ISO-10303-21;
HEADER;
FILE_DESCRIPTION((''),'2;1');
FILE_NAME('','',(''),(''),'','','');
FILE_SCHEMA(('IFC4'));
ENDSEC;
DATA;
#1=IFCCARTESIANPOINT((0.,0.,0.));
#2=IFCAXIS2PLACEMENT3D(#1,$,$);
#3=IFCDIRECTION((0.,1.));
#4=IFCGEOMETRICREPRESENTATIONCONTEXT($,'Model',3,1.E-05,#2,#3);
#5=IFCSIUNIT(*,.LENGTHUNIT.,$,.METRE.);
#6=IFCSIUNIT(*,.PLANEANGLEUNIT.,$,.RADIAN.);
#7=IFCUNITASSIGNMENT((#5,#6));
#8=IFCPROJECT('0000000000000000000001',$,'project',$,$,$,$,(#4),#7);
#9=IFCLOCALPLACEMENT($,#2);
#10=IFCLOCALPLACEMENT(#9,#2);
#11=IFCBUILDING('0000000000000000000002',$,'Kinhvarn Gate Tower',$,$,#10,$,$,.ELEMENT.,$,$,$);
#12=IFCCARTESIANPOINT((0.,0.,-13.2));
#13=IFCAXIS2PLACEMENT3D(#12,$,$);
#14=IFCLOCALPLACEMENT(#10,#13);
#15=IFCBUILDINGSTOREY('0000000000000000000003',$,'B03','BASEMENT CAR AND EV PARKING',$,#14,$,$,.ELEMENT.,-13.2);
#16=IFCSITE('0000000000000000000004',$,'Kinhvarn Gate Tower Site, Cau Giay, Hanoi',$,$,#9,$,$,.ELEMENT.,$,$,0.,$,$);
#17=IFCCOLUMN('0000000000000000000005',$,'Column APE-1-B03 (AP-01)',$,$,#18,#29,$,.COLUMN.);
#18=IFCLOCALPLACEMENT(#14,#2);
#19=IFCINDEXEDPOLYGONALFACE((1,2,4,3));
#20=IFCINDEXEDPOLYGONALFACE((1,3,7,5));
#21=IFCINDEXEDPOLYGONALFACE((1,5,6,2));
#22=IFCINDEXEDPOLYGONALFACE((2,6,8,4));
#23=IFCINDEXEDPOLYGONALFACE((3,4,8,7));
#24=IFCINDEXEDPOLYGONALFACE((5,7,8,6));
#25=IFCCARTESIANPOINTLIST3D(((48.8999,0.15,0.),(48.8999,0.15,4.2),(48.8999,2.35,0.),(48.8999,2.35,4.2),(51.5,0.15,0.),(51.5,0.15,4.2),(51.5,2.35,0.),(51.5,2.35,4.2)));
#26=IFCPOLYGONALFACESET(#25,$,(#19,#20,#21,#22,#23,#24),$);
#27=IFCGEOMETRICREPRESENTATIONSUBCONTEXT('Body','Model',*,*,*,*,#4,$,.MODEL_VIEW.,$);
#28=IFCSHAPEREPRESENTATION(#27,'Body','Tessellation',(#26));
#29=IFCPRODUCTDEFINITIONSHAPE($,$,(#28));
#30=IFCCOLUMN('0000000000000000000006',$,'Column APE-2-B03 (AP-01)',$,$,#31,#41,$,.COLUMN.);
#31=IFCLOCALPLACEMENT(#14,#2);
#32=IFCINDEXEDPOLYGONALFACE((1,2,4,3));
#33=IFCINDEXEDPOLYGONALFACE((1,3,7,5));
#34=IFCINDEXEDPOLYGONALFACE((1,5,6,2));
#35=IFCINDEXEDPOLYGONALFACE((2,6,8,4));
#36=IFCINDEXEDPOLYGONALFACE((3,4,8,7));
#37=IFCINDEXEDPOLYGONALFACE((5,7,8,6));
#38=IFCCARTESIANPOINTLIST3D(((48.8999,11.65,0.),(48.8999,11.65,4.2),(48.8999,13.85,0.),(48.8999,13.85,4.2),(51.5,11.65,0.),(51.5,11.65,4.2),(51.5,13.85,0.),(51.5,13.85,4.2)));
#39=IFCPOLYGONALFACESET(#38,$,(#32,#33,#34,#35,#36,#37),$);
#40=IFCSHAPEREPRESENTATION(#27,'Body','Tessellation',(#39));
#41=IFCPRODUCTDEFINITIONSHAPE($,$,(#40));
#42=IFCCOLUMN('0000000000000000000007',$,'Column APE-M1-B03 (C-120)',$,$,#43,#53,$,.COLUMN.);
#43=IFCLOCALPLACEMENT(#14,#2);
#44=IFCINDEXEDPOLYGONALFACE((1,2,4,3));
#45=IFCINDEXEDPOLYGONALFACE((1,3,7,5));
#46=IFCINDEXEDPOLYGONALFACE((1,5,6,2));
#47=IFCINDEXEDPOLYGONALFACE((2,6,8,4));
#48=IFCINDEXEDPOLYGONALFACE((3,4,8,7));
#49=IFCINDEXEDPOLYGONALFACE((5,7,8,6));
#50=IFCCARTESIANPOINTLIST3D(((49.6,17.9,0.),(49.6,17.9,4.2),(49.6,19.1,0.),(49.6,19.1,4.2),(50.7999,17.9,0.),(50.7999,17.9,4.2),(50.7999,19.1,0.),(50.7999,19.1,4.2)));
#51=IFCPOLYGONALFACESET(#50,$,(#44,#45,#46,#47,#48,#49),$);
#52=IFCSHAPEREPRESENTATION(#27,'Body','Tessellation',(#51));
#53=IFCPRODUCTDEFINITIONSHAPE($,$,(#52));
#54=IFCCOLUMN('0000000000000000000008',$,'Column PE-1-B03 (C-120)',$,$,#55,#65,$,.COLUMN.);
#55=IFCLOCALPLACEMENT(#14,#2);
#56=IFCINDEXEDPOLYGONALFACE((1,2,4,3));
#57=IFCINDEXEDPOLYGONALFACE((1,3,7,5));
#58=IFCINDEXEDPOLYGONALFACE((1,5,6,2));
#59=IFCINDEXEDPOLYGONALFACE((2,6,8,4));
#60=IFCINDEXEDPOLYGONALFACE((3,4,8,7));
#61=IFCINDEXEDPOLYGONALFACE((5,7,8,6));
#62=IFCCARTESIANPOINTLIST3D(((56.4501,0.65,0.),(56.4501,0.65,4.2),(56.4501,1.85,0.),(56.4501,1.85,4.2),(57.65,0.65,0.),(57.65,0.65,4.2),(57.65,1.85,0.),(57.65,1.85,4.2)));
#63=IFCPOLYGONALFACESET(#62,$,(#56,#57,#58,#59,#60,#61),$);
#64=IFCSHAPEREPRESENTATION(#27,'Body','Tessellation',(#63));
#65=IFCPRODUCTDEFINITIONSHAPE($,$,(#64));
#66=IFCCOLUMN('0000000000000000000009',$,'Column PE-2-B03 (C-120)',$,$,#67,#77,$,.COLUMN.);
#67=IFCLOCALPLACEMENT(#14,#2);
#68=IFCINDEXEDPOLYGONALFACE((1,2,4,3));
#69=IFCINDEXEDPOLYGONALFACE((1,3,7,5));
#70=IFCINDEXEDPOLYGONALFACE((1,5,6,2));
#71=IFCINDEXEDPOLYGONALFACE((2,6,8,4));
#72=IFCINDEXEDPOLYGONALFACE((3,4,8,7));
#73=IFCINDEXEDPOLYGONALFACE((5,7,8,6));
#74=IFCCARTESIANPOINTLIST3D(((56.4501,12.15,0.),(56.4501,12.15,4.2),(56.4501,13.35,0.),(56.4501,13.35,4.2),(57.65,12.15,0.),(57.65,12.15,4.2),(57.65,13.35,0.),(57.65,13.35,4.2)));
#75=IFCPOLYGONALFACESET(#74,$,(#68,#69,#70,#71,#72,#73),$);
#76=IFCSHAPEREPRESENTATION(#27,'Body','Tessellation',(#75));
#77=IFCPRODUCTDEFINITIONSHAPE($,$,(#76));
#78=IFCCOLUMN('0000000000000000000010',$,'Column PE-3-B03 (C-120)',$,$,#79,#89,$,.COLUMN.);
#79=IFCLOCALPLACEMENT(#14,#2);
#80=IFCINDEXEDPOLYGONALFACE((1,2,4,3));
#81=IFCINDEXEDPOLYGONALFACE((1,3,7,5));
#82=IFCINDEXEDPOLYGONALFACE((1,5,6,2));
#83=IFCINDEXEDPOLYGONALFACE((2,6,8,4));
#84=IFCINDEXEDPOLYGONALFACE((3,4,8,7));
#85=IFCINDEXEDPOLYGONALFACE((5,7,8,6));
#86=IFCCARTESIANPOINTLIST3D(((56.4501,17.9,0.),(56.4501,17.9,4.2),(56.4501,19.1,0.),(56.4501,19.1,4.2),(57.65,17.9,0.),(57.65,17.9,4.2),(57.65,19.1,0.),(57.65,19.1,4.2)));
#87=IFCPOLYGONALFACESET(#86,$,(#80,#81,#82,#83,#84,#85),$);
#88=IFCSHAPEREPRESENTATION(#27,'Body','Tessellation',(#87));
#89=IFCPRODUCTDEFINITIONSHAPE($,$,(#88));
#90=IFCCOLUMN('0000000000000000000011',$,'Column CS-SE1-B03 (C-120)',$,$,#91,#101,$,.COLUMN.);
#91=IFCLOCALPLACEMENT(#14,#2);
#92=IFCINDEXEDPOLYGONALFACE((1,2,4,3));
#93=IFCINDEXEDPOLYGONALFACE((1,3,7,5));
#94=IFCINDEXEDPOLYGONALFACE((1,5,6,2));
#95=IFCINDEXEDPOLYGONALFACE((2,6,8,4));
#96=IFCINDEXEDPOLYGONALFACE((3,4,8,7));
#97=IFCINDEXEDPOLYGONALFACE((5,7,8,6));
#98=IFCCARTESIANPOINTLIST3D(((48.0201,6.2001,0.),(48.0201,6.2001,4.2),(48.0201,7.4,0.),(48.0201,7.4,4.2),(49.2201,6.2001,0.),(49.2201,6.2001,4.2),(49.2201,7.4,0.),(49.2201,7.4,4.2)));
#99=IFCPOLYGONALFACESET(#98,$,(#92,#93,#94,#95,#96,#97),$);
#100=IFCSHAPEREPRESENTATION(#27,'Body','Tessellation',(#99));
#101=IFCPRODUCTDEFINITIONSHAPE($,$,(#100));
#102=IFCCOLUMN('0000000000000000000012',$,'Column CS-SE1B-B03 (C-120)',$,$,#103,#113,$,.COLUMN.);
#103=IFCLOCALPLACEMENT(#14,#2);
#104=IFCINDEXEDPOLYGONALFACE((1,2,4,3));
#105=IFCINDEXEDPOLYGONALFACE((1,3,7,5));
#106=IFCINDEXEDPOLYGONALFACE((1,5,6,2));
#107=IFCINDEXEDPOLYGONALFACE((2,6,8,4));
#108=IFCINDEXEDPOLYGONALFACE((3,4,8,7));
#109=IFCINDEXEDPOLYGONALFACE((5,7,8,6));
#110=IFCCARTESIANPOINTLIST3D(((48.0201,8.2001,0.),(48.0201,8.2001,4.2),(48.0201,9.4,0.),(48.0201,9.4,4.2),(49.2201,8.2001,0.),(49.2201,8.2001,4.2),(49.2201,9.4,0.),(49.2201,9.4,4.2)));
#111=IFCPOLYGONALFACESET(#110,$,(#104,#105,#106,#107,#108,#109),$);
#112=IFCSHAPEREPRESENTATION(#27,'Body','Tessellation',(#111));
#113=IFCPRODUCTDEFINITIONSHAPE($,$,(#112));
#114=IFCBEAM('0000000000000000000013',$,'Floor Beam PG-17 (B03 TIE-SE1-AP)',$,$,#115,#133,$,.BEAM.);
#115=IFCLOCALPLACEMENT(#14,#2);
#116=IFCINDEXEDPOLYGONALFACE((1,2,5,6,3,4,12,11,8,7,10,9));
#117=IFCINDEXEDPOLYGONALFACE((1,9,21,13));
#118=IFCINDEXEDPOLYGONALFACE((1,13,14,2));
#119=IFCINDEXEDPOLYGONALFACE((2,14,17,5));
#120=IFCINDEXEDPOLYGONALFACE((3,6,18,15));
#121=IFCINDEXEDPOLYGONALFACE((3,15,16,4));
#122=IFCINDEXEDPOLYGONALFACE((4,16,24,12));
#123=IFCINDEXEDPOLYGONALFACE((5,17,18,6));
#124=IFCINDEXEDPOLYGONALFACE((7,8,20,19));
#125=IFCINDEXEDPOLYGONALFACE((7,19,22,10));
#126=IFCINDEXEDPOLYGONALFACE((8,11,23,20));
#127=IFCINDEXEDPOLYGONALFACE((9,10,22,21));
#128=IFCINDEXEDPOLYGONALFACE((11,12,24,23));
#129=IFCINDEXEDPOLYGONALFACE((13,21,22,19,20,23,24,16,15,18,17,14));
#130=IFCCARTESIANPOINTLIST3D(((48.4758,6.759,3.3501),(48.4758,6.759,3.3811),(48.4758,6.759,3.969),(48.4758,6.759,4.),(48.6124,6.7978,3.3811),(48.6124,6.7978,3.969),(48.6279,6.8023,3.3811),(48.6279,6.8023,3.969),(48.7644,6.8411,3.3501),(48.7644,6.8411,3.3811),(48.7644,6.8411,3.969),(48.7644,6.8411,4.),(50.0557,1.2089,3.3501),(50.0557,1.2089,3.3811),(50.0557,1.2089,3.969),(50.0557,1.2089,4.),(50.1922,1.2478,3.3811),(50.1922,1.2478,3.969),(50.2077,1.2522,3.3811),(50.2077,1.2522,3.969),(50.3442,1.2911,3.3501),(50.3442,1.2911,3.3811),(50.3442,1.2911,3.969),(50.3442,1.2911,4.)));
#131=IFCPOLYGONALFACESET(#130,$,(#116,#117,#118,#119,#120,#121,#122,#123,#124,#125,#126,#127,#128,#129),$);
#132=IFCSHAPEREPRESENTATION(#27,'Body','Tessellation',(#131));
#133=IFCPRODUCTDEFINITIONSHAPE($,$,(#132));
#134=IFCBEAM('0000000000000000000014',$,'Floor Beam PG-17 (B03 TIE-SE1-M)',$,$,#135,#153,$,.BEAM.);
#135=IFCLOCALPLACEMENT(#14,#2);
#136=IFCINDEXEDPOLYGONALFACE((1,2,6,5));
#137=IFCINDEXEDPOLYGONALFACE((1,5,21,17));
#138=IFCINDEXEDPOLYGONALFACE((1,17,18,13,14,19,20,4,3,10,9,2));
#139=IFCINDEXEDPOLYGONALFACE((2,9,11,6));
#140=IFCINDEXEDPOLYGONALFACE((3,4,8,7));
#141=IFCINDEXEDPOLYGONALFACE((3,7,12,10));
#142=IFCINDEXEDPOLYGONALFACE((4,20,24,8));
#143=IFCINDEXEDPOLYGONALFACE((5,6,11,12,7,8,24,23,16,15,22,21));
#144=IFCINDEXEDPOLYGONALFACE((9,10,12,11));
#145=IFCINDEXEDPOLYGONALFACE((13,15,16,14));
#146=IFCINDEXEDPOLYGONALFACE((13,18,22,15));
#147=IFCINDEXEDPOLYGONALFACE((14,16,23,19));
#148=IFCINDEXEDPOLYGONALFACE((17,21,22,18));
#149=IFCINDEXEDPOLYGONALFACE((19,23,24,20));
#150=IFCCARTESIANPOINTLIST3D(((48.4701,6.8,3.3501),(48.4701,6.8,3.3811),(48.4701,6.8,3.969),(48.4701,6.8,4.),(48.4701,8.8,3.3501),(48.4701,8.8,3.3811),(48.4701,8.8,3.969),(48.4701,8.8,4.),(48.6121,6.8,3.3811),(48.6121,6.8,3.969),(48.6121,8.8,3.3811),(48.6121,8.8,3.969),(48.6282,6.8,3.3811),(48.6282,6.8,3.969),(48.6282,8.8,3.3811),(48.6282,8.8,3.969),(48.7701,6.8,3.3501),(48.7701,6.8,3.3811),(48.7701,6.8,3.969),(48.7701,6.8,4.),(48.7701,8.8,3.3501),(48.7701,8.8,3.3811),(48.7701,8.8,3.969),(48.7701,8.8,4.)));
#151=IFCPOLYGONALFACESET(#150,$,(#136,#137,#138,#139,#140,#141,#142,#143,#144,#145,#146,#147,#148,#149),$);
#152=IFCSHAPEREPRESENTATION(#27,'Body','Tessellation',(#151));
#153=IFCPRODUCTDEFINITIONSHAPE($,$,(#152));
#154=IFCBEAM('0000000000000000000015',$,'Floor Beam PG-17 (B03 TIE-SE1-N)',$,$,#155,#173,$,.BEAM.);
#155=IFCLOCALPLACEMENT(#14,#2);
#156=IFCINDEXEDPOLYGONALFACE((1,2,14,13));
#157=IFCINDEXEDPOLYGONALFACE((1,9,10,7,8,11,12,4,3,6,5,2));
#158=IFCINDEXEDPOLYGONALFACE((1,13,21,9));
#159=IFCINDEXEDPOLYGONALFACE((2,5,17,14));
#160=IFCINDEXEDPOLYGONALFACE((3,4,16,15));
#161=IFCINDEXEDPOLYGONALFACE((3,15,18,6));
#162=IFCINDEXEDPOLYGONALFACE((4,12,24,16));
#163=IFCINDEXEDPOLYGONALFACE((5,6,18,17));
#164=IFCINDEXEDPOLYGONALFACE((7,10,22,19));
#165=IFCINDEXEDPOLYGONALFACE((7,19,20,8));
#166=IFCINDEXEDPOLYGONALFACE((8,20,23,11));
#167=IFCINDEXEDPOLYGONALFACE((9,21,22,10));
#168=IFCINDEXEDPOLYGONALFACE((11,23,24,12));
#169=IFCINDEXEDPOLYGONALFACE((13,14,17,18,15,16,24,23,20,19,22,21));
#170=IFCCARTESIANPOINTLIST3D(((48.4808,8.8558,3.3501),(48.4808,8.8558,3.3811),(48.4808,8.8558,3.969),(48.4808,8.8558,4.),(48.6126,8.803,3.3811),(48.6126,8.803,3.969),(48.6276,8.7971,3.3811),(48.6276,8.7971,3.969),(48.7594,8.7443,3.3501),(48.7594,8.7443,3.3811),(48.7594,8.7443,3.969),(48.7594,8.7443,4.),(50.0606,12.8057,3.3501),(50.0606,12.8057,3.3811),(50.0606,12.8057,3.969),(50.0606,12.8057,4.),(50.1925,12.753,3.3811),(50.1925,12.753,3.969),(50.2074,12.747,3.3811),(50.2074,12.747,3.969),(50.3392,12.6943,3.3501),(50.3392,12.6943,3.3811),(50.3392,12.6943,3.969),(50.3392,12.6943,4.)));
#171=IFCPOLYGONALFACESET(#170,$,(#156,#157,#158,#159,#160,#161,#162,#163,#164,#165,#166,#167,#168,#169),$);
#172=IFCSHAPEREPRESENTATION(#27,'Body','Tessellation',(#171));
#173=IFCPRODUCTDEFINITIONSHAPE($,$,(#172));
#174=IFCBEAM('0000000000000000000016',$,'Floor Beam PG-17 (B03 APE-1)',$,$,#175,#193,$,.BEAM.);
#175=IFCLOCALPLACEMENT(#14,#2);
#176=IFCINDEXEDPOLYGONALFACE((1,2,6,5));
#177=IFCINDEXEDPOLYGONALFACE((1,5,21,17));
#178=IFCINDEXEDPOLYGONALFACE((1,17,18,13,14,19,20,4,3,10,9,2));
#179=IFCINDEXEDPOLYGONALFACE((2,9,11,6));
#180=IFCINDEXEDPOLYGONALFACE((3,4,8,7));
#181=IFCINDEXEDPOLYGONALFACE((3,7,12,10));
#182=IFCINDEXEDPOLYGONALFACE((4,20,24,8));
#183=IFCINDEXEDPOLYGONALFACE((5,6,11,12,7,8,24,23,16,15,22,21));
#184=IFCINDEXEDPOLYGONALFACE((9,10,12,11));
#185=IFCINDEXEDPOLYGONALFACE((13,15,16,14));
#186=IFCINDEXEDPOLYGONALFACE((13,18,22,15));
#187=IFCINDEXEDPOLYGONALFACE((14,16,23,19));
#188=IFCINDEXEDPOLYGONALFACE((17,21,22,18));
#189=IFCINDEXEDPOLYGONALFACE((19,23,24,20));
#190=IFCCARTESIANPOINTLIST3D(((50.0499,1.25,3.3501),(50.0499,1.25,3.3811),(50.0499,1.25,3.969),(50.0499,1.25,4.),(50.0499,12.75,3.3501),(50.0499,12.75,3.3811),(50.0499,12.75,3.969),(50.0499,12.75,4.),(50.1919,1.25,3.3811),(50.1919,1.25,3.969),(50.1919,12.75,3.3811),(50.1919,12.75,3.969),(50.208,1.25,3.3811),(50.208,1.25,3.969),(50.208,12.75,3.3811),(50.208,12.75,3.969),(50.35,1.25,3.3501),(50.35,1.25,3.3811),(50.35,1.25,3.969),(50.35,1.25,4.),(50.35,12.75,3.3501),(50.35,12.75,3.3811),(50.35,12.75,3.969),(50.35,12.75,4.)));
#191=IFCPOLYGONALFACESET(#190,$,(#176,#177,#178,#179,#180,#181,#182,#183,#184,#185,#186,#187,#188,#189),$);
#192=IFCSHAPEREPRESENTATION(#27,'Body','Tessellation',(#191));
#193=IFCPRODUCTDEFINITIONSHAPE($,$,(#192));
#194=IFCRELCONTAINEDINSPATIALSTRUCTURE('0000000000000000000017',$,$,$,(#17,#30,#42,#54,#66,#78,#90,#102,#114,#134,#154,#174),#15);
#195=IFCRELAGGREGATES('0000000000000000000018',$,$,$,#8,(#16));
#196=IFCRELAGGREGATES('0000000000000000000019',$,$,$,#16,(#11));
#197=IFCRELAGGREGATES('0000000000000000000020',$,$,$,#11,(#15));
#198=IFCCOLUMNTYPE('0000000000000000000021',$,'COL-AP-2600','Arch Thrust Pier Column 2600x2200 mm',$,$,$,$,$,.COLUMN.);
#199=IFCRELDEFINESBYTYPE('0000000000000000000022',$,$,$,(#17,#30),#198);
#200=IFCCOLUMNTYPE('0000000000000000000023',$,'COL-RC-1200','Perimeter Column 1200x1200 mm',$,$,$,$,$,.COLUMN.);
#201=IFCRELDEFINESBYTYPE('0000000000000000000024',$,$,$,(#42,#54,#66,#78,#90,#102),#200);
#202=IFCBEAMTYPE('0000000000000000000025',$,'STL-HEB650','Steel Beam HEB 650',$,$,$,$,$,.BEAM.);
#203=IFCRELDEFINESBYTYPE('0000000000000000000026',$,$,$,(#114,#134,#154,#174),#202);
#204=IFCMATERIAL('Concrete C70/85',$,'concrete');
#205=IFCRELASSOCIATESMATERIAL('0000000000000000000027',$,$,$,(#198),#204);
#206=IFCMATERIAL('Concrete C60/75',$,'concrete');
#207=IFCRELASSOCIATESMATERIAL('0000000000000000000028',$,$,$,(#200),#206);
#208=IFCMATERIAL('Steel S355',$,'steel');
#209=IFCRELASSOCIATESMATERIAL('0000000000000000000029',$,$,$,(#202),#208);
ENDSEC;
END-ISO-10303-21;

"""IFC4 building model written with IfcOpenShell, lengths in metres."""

from ifc_helpers import new_model, si_unit, direction, frame, origin, origin_2d, place, context, subcontext, project, spatial, rectangle, i_section, extrude, material, material_profile, profile_set, type_object, element, save


model = new_model("IFC4")

# Units and contexts
model_context = context("Model", 3, precision=1e-05, world=origin(), true_north=direction((0.0, 1.0)))
body_context = subcontext(model_context, "Body", "Model", "MODEL_VIEW")
ifc_project = project(units=[si_unit("LENGTHUNIT", "METRE"), si_unit("PLANEANGLEUNIT", "RADIAN")], contexts=[model_context])

# Site, building, storey
site_placement = place(None, origin())
site = spatial("IfcSite", under=ifc_project, at=site_placement, Name="Kinhvarn Gate Tower Site, Cau Giay, Hanoi", CompositionType="ELEMENT", RefElevation=0.0)
building_placement = place(site_placement, origin())
building = spatial("IfcBuilding", under=site, at=building_placement, Name="Kinhvarn Gate Tower", CompositionType="ELEMENT")
storey_placement = place(building_placement, frame((0.0, 0.0, -13.2)))
storey = spatial("IfcBuildingStorey", under=building, at=storey_placement, Name="B03", Description="BASEMENT CAR AND EV PARKING", CompositionType="ELEMENT", Elevation=-13.2)

# Columns
ifc_material_1 = material(Name="Concrete C70/85", Category="concrete")
ifc_material_profile_1 = material_profile(ifc_material_1, rectangle(XDim=2.6001, YDim=2.2, at=origin_2d()), Name="RC 2600x2200")
ifc_profile_set_1 = profile_set([ifc_material_profile_1], Name="Concrete C70/85")
column_type_1 = type_object("IfcColumnType", Name="COL-AP-2600", Description="Arch Thrust Pier Column 2600x2200 mm", PredefinedType="COLUMN", material=ifc_profile_set_1)
for number, where, z_axis, x_axis, name in (
    (1, (50.2, 1.25, 0.0), (0.0, 0.0, 1.0), (1.0, 0.0, 0.0), "Column APE-1-B03 (AP-01)"),
    (2, (50.2, 12.75, 0.0), (0.0, 0.0, 1.0), (1.0, 0.0, 0.0), "Column APE-2-B03 (AP-01)"),
):
    element("IfcColumn", number, at=place(storey_placement, frame(where, z_axis=z_axis, x_axis=x_axis)), inside=storey, type_object=column_type_1, Name=name, PredefinedType="COLUMN", context=body_context, shape_type="SweptSolid", body=[
        extrude(rectangle(XDim=2.6001, YDim=2.2, at=origin_2d()), origin(), (0.0, 0.0, 1.0), 4.2),
    ])
ifc_material_2 = material(Name="Concrete C60/75", Category="concrete")
ifc_material_profile_2 = material_profile(ifc_material_2, rectangle(XDim=1.2, YDim=1.2, at=origin_2d()), Name="RC 1200x1200")
ifc_profile_set_2 = profile_set([ifc_material_profile_2], Name="Concrete C60/75")
column_type_2 = type_object("IfcColumnType", Name="COL-RC-1200", Description="Perimeter Column 1200x1200 mm", PredefinedType="COLUMN", material=ifc_profile_set_2)
for number, where, z_axis, x_axis, name in (
    (3, (50.2, 18.5, 0.0), (0.0, 0.0, 1.0), (1.0, 0.0, 0.0), "Column APE-M1-B03 (C-120)"),
    (4, (57.05, 1.25, 0.0), (0.0, 0.0, 1.0), (1.0, 0.0, 0.0), "Column PE-1-B03 (C-120)"),
    (5, (57.05, 12.75, 0.0), (0.0, 0.0, 1.0), (1.0, 0.0, 0.0), "Column PE-2-B03 (C-120)"),
    (6, (57.05, 18.5, 0.0), (0.0, 0.0, 1.0), (1.0, 0.0, 0.0), "Column PE-3-B03 (C-120)"),
    (7, (48.6201, 6.8, 0.0), (0.0, 0.0, 1.0), (1.0, 0.0, 0.0), "Column CS-SE1-B03 (C-120)"),
    (8, (48.6201, 8.8, 0.0), (0.0, 0.0, 1.0), (1.0, 0.0, 0.0), "Column CS-SE1B-B03 (C-120)"),
):
    element("IfcColumn", number, at=place(storey_placement, frame(where, z_axis=z_axis, x_axis=x_axis)), inside=storey, type_object=column_type_2, Name=name, PredefinedType="COLUMN", context=body_context, shape_type="SweptSolid", body=[
        extrude(rectangle(XDim=1.2, YDim=1.2, at=origin_2d()), origin(), (0.0, 0.0, 1.0), 4.2),
    ])

# Beams
ifc_material_3 = material(Name="Steel S355", Category="steel")
ifc_material_profile_3 = material_profile(ifc_material_3, i_section(OverallWidth=0.3, OverallDepth=0.6499, WebThickness=0.0161, FlangeThickness=0.031, at=origin_2d()), Name="HEB 650")
ifc_profile_set_3 = profile_set([ifc_material_profile_3], Name="Steel S355")
beam_type_1 = type_object("IfcBeamType", Name="STL-HEB650", Description="Steel Beam HEB 650", PredefinedType="BEAM", material=ifc_profile_set_3)
beam_1_placement = place(storey_placement, frame((48.6201, 6.8, 3.675), z_axis=(0.273777, -0.961793, 0.0), x_axis=(0.961793, 0.273777, 0.0)))
element("IfcBeam", 9, at=beam_1_placement, inside=storey, type_object=beam_type_1, Name="Floor Beam PG-17 (B03 TIE-SE1-AP)", PredefinedType="BEAM", context=body_context, shape_type="SweptSolid", body=[
    extrude(i_section(OverallWidth=0.3, OverallDepth=0.6499, WebThickness=0.0161, FlangeThickness=0.031, at=origin_2d()), origin(), (0.0, 0.0, 1.0), 5.7705),
])
beam_2_placement = place(storey_placement, frame((48.6201, 6.8, 3.675), z_axis=(0.0, 1.0, 0.0), x_axis=(-1.0, 0.0, 0.0)))
element("IfcBeam", 10, at=beam_2_placement, inside=storey, type_object=beam_type_1, Name="Floor Beam PG-17 (B03 TIE-SE1-M)", PredefinedType="BEAM", context=body_context, shape_type="SweptSolid", body=[
    extrude(i_section(OverallWidth=0.3, OverallDepth=0.6499, WebThickness=0.0161, FlangeThickness=0.031, at=origin_2d()), origin(), (0.0, 0.0, 1.0), 2.0),
])
beam_3_placement = place(storey_placement, frame((48.6201, 8.8, 3.675), z_axis=(0.371361, 0.928489, 0.0), x_axis=(-0.928489, 0.371361, 0.0)))
element("IfcBeam", 11, at=beam_3_placement, inside=storey, type_object=beam_type_1, Name="Floor Beam PG-17 (B03 TIE-SE1-N)", PredefinedType="BEAM", context=body_context, shape_type="SweptSolid", body=[
    extrude(i_section(OverallWidth=0.3, OverallDepth=0.6499, WebThickness=0.0161, FlangeThickness=0.031, at=origin_2d()), origin(), (0.0, 0.0, 1.0), 4.2542),
])
beam_4_placement = place(storey_placement, frame((50.2, 1.25, 3.675), z_axis=(0.0, 1.0, 0.0), x_axis=(-1.0, 0.0, 0.0)))
element("IfcBeam", 12, at=beam_4_placement, inside=storey, type_object=beam_type_1, Name="Floor Beam PG-17 (B03 APE-1)", PredefinedType="BEAM", context=body_context, shape_type="SweptSolid", body=[
    extrude(i_section(OverallWidth=0.3, OverallDepth=0.6499, WebThickness=0.0161, FlangeThickness=0.031, at=origin_2d()), origin(), (0.0, 0.0, 1.0), 11.5),
])

save(model, "model.ifc")
